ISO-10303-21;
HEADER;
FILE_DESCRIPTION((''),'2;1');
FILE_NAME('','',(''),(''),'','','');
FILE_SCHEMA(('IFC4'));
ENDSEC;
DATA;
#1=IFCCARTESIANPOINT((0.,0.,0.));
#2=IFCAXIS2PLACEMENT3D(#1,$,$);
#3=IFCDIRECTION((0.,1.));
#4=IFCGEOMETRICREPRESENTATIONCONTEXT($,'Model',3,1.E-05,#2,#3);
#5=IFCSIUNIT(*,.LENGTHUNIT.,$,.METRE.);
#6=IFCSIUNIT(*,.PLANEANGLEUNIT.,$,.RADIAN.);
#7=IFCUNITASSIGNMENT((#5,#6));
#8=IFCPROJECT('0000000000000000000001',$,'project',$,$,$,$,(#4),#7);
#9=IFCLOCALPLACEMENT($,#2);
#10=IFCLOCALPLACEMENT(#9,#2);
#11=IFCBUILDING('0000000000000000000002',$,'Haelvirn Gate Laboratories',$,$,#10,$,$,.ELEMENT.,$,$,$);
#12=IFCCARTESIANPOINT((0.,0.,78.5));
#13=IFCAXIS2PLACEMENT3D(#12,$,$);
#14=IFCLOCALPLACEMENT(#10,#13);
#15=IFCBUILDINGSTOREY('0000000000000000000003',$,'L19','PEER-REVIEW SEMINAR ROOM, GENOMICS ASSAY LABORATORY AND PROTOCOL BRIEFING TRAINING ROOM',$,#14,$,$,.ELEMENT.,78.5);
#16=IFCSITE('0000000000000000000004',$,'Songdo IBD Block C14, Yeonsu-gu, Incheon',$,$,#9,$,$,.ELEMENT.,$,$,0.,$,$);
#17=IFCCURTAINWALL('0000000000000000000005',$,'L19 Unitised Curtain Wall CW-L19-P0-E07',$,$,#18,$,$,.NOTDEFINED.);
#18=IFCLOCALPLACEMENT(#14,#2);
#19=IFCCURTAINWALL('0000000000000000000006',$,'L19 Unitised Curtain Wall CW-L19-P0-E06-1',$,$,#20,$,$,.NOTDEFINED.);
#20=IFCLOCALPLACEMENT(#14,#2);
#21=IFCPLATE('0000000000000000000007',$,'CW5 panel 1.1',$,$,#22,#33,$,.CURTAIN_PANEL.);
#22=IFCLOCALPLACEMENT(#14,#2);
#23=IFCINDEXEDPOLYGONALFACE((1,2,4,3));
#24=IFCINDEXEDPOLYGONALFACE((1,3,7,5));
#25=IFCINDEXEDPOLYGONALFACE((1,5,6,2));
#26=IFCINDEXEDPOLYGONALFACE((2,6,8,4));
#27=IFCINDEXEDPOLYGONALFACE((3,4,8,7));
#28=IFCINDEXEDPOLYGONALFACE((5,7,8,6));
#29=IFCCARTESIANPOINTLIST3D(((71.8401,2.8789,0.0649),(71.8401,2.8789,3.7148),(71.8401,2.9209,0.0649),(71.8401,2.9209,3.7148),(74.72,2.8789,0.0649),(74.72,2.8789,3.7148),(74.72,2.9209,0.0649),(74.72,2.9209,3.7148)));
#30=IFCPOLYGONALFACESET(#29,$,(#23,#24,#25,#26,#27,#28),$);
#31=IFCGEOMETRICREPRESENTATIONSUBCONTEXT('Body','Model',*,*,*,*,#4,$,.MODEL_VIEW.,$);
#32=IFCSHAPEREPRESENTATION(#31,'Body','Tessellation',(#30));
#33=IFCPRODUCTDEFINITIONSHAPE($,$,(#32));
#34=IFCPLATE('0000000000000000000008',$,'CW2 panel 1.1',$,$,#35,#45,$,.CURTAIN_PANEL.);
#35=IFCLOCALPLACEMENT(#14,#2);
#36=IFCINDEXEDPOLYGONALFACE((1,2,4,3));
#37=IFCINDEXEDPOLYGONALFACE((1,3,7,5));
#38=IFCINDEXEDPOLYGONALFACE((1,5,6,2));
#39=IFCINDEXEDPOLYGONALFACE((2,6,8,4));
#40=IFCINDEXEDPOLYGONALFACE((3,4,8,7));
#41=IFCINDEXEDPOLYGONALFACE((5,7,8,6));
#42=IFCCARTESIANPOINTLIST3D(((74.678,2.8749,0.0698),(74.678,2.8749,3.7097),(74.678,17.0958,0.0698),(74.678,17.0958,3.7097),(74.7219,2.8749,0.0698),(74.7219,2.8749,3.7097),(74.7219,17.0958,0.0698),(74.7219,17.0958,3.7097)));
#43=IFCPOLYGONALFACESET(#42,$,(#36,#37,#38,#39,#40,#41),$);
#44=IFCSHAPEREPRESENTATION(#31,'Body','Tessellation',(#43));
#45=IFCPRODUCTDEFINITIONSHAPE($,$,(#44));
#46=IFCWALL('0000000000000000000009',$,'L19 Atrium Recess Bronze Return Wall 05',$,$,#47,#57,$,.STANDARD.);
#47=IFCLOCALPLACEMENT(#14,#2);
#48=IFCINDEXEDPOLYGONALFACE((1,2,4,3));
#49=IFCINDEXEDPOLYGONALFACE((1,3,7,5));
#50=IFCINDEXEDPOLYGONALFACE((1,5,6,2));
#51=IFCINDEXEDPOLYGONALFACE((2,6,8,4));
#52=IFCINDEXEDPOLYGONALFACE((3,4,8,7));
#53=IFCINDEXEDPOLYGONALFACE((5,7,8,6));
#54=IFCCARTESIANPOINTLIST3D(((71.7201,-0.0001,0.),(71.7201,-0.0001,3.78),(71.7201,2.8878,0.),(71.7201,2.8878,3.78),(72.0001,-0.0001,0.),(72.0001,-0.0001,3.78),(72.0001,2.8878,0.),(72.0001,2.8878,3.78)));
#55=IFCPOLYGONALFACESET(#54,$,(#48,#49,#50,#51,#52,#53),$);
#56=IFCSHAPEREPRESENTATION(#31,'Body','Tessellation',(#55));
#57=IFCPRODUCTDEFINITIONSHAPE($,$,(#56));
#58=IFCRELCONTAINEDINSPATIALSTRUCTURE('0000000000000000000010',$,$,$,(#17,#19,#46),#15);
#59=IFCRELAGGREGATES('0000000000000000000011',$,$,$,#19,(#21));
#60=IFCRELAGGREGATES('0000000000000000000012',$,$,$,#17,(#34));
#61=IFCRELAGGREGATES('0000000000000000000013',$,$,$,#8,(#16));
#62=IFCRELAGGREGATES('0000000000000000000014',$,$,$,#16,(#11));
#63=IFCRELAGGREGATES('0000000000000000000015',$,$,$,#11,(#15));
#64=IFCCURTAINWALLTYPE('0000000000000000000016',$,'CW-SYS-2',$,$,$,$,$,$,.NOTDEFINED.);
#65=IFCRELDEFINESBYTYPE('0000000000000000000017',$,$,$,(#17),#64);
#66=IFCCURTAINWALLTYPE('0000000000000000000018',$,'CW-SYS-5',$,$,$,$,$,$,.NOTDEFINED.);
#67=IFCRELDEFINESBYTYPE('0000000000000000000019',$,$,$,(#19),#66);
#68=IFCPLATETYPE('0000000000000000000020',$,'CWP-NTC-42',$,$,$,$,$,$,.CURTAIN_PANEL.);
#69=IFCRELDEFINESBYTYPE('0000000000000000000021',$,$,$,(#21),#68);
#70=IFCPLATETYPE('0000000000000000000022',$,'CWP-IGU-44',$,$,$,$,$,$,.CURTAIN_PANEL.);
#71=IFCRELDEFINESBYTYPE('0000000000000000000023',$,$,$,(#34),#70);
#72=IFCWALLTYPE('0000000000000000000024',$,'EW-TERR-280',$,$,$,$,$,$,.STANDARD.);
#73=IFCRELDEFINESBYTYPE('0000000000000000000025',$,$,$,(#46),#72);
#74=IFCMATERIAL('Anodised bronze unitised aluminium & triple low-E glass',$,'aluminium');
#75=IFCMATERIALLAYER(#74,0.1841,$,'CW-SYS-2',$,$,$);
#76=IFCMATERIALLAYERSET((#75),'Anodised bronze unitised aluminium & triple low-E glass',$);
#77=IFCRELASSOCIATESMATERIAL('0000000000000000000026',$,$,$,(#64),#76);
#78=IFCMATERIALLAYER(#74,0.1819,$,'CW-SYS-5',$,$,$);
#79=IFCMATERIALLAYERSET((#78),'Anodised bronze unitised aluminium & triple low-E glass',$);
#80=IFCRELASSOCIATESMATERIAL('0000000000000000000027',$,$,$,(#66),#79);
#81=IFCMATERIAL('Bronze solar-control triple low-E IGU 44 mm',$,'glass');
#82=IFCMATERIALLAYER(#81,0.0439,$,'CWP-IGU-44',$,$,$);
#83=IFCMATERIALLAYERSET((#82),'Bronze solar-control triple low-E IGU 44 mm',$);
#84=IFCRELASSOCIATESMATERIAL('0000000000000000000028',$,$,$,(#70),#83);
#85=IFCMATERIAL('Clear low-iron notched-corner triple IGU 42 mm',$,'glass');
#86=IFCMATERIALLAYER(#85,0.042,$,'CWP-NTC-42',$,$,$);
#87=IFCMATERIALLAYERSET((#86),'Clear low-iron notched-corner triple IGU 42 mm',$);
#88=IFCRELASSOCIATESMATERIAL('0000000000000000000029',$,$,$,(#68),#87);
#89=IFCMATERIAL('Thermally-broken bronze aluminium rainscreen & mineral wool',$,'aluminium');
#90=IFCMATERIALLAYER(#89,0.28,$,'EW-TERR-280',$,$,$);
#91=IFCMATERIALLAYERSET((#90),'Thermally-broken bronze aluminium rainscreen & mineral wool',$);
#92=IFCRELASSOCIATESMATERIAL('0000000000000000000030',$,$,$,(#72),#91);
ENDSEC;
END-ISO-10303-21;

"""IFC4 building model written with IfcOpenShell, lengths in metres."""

from ifc_helpers import new_model, si_unit, direction, frame, frame_2d, origin, origin_2d, place, context, subcontext, project, spatial, rectangle, extrude, source, transform, mapped, material, layer, layer_set, type_object, type_shapes, element, aggregate, save


model = new_model("IFC4")

# Units and contexts
model_context = context("Model", 3, precision=1e-05, world=origin(), true_north=direction((0.0, 1.0)))
body_context = subcontext(model_context, "Body", "Model", "MODEL_VIEW")
ifc_project = project(units=[si_unit("LENGTHUNIT", "METRE"), si_unit("PLANEANGLEUNIT", "RADIAN")], contexts=[model_context])

# Site, building, storey
site_placement = place(None, origin())
site = spatial("IfcSite", under=ifc_project, at=site_placement, Name="Songdo IBD Block C14, Yeonsu-gu, Incheon", CompositionType="ELEMENT", RefElevation=0.0)
building_placement = place(site_placement, origin())
building = spatial("IfcBuilding", under=site, at=building_placement, Name="Haelvirn Gate Laboratories", CompositionType="ELEMENT")
storey_placement = place(building_placement, frame((0.0, 0.0, 78.5)))
storey = spatial("IfcBuildingStorey", under=building, at=storey_placement, Name="L19", Description="PEER-REVIEW SEMINAR ROOM, GENOMICS ASSAY LABORATORY AND PROTOCOL BRIEFING TRAINING ROOM", CompositionType="ELEMENT", Elevation=78.5)

# Shared definitions
ifc_material_1 = material(Name="Anodised bronze unitised aluminium & triple low-E glass", Category="aluminium")
ifc_layer_1 = layer(ifc_material_1, 0.1841, Name="CW-SYS-2")
ifc_layer_set_1 = layer_set([ifc_layer_1], Name="Anodised bronze unitised aluminium & triple low-E glass")
curtain_wall_type_1 = type_object("IfcCurtainWallType", Name="CW-SYS-2", PredefinedType="NOTDEFINED", material=ifc_layer_set_1)

# Curtain wall
curtain_wall_1_placement = place(storey_placement, origin())
curtain_wall_1 = element("IfcCurtainWall", 1, at=curtain_wall_1_placement, inside=storey, type_object=curtain_wall_type_1, Name="L19 Unitised Curtain Wall CW-L19-P0-E07", PredefinedType="NOTDEFINED")

# Curtain wall
ifc_layer_2 = layer(ifc_material_1, 0.1819, Name="CW-SYS-5")
ifc_layer_set_2 = layer_set([ifc_layer_2], Name="Anodised bronze unitised aluminium & triple low-E glass")
curtain_wall_type_2 = type_object("IfcCurtainWallType", Name="CW-SYS-5", PredefinedType="NOTDEFINED", material=ifc_layer_set_2)
curtain_wall_2_placement = place(storey_placement, origin())
curtain_wall_2 = element("IfcCurtainWall", 2, at=curtain_wall_2_placement, inside=storey, type_object=curtain_wall_type_2, Name="L19 Unitised Curtain Wall CW-L19-P0-E06-1", PredefinedType="NOTDEFINED")

# Plates
ifc_material_2 = material(Name="Bronze solar-control triple low-E IGU 44 mm", Category="glass")
ifc_layer_3 = layer(ifc_material_2, 0.0439, Name="CWP-IGU-44")
ifc_layer_set_3 = layer_set([ifc_layer_3], Name="Bronze solar-control triple low-E IGU 44 mm")
plate_type_1 = type_object("IfcPlateType", Name="CWP-IGU-44", PredefinedType="CURTAIN_PANEL", material=ifc_layer_set_3)
ifc_material_3 = material(Name="Clear low-iron notched-corner triple IGU 42 mm", Category="glass")
ifc_layer_4 = layer(ifc_material_3, 0.042, Name="CWP-NTC-42")
ifc_layer_set_4 = layer_set([ifc_layer_4], Name="Clear low-iron notched-corner triple IGU 42 mm")
plate_type_2 = type_object("IfcPlateType", Name="CWP-NTC-42", PredefinedType="CURTAIN_PANEL", material=ifc_layer_set_4)
shared_shape_1 = source(origin(), body_context, "Body", "SweptSolid", [
    extrude(rectangle(XDim=2.8799, YDim=0.042, at=origin_2d()), origin(), (0.0, 0.0, 1.0), 3.6499),
])
type_shapes(plate_type_2, [shared_shape_1])
plate_1_placement = place(storey_placement, frame((73.28, 2.8999, 0.0649), z_axis=(0.0, 0.0, 1.0), x_axis=(1.0, 0.0, 0.0)))
plate_1 = element("IfcPlate", 3, at=plate_1_placement, type_object=plate_type_2, Name="CW5 panel 1.1", PredefinedType="CURTAIN_PANEL", context=body_context, shape_type="MappedRepresentation", body=[
    mapped(shared_shape_1, transform((0.0, 0.0, 0.0), scale=1.0)),
])
aggregate(curtain_wall_2, [plate_1])
shared_shape_2 = source(origin(), body_context, "Body", "SweptSolid", [
    extrude(rectangle(XDim=14.2209, YDim=0.0439, at=origin_2d()), origin(), (0.0, 0.0, 1.0), 3.6399),
])
plate_2_placement = place(storey_placement, frame((74.7, 9.9854, 0.0698), z_axis=(0.0, 0.0, 1.0), x_axis=(0.0, 1.0, 0.0)))
plate_2 = element("IfcPlate", 4, at=plate_2_placement, type_object=plate_type_1, Name="CW2 panel 1.1", PredefinedType="CURTAIN_PANEL", context=body_context, shape_type="MappedRepresentation", body=[
    mapped(shared_shape_2, transform((0.0, 0.0, 0.0), scale=1.0)),
])
aggregate(curtain_wall_1, [plate_2])

# Wall
ifc_material_4 = material(Name="Thermally-broken bronze aluminium rainscreen & mineral wool", Category="aluminium")
ifc_layer_5 = layer(ifc_material_4, 0.28, Name="EW-TERR-280")
ifc_layer_set_5 = layer_set([ifc_layer_5], Name="Thermally-broken bronze aluminium rainscreen & mineral wool")
wall_type = type_object("IfcWallType", Name="EW-TERR-280", PredefinedType="STANDARD", material=ifc_layer_set_5)
wall_placement = place(storey_placement, frame((71.8601, 0.0, 0.0), z_axis=(0.0, 0.0, 1.0), x_axis=(0.0, 1.0, 0.0)))
element("IfcWall", 5, at=wall_placement, inside=storey, type_object=wall_type, Name="L19 Atrium Recess Bronze Return Wall 05", PredefinedType="STANDARD", context=body_context, shape_type="SweptSolid", body=[
    extrude(rectangle(XDim=2.8879, YDim=0.28, at=frame_2d((1.4438, 0.0))), origin(), (0.0, 0.0, 1.0), 3.78),
])

save(model, "model.ifc")
